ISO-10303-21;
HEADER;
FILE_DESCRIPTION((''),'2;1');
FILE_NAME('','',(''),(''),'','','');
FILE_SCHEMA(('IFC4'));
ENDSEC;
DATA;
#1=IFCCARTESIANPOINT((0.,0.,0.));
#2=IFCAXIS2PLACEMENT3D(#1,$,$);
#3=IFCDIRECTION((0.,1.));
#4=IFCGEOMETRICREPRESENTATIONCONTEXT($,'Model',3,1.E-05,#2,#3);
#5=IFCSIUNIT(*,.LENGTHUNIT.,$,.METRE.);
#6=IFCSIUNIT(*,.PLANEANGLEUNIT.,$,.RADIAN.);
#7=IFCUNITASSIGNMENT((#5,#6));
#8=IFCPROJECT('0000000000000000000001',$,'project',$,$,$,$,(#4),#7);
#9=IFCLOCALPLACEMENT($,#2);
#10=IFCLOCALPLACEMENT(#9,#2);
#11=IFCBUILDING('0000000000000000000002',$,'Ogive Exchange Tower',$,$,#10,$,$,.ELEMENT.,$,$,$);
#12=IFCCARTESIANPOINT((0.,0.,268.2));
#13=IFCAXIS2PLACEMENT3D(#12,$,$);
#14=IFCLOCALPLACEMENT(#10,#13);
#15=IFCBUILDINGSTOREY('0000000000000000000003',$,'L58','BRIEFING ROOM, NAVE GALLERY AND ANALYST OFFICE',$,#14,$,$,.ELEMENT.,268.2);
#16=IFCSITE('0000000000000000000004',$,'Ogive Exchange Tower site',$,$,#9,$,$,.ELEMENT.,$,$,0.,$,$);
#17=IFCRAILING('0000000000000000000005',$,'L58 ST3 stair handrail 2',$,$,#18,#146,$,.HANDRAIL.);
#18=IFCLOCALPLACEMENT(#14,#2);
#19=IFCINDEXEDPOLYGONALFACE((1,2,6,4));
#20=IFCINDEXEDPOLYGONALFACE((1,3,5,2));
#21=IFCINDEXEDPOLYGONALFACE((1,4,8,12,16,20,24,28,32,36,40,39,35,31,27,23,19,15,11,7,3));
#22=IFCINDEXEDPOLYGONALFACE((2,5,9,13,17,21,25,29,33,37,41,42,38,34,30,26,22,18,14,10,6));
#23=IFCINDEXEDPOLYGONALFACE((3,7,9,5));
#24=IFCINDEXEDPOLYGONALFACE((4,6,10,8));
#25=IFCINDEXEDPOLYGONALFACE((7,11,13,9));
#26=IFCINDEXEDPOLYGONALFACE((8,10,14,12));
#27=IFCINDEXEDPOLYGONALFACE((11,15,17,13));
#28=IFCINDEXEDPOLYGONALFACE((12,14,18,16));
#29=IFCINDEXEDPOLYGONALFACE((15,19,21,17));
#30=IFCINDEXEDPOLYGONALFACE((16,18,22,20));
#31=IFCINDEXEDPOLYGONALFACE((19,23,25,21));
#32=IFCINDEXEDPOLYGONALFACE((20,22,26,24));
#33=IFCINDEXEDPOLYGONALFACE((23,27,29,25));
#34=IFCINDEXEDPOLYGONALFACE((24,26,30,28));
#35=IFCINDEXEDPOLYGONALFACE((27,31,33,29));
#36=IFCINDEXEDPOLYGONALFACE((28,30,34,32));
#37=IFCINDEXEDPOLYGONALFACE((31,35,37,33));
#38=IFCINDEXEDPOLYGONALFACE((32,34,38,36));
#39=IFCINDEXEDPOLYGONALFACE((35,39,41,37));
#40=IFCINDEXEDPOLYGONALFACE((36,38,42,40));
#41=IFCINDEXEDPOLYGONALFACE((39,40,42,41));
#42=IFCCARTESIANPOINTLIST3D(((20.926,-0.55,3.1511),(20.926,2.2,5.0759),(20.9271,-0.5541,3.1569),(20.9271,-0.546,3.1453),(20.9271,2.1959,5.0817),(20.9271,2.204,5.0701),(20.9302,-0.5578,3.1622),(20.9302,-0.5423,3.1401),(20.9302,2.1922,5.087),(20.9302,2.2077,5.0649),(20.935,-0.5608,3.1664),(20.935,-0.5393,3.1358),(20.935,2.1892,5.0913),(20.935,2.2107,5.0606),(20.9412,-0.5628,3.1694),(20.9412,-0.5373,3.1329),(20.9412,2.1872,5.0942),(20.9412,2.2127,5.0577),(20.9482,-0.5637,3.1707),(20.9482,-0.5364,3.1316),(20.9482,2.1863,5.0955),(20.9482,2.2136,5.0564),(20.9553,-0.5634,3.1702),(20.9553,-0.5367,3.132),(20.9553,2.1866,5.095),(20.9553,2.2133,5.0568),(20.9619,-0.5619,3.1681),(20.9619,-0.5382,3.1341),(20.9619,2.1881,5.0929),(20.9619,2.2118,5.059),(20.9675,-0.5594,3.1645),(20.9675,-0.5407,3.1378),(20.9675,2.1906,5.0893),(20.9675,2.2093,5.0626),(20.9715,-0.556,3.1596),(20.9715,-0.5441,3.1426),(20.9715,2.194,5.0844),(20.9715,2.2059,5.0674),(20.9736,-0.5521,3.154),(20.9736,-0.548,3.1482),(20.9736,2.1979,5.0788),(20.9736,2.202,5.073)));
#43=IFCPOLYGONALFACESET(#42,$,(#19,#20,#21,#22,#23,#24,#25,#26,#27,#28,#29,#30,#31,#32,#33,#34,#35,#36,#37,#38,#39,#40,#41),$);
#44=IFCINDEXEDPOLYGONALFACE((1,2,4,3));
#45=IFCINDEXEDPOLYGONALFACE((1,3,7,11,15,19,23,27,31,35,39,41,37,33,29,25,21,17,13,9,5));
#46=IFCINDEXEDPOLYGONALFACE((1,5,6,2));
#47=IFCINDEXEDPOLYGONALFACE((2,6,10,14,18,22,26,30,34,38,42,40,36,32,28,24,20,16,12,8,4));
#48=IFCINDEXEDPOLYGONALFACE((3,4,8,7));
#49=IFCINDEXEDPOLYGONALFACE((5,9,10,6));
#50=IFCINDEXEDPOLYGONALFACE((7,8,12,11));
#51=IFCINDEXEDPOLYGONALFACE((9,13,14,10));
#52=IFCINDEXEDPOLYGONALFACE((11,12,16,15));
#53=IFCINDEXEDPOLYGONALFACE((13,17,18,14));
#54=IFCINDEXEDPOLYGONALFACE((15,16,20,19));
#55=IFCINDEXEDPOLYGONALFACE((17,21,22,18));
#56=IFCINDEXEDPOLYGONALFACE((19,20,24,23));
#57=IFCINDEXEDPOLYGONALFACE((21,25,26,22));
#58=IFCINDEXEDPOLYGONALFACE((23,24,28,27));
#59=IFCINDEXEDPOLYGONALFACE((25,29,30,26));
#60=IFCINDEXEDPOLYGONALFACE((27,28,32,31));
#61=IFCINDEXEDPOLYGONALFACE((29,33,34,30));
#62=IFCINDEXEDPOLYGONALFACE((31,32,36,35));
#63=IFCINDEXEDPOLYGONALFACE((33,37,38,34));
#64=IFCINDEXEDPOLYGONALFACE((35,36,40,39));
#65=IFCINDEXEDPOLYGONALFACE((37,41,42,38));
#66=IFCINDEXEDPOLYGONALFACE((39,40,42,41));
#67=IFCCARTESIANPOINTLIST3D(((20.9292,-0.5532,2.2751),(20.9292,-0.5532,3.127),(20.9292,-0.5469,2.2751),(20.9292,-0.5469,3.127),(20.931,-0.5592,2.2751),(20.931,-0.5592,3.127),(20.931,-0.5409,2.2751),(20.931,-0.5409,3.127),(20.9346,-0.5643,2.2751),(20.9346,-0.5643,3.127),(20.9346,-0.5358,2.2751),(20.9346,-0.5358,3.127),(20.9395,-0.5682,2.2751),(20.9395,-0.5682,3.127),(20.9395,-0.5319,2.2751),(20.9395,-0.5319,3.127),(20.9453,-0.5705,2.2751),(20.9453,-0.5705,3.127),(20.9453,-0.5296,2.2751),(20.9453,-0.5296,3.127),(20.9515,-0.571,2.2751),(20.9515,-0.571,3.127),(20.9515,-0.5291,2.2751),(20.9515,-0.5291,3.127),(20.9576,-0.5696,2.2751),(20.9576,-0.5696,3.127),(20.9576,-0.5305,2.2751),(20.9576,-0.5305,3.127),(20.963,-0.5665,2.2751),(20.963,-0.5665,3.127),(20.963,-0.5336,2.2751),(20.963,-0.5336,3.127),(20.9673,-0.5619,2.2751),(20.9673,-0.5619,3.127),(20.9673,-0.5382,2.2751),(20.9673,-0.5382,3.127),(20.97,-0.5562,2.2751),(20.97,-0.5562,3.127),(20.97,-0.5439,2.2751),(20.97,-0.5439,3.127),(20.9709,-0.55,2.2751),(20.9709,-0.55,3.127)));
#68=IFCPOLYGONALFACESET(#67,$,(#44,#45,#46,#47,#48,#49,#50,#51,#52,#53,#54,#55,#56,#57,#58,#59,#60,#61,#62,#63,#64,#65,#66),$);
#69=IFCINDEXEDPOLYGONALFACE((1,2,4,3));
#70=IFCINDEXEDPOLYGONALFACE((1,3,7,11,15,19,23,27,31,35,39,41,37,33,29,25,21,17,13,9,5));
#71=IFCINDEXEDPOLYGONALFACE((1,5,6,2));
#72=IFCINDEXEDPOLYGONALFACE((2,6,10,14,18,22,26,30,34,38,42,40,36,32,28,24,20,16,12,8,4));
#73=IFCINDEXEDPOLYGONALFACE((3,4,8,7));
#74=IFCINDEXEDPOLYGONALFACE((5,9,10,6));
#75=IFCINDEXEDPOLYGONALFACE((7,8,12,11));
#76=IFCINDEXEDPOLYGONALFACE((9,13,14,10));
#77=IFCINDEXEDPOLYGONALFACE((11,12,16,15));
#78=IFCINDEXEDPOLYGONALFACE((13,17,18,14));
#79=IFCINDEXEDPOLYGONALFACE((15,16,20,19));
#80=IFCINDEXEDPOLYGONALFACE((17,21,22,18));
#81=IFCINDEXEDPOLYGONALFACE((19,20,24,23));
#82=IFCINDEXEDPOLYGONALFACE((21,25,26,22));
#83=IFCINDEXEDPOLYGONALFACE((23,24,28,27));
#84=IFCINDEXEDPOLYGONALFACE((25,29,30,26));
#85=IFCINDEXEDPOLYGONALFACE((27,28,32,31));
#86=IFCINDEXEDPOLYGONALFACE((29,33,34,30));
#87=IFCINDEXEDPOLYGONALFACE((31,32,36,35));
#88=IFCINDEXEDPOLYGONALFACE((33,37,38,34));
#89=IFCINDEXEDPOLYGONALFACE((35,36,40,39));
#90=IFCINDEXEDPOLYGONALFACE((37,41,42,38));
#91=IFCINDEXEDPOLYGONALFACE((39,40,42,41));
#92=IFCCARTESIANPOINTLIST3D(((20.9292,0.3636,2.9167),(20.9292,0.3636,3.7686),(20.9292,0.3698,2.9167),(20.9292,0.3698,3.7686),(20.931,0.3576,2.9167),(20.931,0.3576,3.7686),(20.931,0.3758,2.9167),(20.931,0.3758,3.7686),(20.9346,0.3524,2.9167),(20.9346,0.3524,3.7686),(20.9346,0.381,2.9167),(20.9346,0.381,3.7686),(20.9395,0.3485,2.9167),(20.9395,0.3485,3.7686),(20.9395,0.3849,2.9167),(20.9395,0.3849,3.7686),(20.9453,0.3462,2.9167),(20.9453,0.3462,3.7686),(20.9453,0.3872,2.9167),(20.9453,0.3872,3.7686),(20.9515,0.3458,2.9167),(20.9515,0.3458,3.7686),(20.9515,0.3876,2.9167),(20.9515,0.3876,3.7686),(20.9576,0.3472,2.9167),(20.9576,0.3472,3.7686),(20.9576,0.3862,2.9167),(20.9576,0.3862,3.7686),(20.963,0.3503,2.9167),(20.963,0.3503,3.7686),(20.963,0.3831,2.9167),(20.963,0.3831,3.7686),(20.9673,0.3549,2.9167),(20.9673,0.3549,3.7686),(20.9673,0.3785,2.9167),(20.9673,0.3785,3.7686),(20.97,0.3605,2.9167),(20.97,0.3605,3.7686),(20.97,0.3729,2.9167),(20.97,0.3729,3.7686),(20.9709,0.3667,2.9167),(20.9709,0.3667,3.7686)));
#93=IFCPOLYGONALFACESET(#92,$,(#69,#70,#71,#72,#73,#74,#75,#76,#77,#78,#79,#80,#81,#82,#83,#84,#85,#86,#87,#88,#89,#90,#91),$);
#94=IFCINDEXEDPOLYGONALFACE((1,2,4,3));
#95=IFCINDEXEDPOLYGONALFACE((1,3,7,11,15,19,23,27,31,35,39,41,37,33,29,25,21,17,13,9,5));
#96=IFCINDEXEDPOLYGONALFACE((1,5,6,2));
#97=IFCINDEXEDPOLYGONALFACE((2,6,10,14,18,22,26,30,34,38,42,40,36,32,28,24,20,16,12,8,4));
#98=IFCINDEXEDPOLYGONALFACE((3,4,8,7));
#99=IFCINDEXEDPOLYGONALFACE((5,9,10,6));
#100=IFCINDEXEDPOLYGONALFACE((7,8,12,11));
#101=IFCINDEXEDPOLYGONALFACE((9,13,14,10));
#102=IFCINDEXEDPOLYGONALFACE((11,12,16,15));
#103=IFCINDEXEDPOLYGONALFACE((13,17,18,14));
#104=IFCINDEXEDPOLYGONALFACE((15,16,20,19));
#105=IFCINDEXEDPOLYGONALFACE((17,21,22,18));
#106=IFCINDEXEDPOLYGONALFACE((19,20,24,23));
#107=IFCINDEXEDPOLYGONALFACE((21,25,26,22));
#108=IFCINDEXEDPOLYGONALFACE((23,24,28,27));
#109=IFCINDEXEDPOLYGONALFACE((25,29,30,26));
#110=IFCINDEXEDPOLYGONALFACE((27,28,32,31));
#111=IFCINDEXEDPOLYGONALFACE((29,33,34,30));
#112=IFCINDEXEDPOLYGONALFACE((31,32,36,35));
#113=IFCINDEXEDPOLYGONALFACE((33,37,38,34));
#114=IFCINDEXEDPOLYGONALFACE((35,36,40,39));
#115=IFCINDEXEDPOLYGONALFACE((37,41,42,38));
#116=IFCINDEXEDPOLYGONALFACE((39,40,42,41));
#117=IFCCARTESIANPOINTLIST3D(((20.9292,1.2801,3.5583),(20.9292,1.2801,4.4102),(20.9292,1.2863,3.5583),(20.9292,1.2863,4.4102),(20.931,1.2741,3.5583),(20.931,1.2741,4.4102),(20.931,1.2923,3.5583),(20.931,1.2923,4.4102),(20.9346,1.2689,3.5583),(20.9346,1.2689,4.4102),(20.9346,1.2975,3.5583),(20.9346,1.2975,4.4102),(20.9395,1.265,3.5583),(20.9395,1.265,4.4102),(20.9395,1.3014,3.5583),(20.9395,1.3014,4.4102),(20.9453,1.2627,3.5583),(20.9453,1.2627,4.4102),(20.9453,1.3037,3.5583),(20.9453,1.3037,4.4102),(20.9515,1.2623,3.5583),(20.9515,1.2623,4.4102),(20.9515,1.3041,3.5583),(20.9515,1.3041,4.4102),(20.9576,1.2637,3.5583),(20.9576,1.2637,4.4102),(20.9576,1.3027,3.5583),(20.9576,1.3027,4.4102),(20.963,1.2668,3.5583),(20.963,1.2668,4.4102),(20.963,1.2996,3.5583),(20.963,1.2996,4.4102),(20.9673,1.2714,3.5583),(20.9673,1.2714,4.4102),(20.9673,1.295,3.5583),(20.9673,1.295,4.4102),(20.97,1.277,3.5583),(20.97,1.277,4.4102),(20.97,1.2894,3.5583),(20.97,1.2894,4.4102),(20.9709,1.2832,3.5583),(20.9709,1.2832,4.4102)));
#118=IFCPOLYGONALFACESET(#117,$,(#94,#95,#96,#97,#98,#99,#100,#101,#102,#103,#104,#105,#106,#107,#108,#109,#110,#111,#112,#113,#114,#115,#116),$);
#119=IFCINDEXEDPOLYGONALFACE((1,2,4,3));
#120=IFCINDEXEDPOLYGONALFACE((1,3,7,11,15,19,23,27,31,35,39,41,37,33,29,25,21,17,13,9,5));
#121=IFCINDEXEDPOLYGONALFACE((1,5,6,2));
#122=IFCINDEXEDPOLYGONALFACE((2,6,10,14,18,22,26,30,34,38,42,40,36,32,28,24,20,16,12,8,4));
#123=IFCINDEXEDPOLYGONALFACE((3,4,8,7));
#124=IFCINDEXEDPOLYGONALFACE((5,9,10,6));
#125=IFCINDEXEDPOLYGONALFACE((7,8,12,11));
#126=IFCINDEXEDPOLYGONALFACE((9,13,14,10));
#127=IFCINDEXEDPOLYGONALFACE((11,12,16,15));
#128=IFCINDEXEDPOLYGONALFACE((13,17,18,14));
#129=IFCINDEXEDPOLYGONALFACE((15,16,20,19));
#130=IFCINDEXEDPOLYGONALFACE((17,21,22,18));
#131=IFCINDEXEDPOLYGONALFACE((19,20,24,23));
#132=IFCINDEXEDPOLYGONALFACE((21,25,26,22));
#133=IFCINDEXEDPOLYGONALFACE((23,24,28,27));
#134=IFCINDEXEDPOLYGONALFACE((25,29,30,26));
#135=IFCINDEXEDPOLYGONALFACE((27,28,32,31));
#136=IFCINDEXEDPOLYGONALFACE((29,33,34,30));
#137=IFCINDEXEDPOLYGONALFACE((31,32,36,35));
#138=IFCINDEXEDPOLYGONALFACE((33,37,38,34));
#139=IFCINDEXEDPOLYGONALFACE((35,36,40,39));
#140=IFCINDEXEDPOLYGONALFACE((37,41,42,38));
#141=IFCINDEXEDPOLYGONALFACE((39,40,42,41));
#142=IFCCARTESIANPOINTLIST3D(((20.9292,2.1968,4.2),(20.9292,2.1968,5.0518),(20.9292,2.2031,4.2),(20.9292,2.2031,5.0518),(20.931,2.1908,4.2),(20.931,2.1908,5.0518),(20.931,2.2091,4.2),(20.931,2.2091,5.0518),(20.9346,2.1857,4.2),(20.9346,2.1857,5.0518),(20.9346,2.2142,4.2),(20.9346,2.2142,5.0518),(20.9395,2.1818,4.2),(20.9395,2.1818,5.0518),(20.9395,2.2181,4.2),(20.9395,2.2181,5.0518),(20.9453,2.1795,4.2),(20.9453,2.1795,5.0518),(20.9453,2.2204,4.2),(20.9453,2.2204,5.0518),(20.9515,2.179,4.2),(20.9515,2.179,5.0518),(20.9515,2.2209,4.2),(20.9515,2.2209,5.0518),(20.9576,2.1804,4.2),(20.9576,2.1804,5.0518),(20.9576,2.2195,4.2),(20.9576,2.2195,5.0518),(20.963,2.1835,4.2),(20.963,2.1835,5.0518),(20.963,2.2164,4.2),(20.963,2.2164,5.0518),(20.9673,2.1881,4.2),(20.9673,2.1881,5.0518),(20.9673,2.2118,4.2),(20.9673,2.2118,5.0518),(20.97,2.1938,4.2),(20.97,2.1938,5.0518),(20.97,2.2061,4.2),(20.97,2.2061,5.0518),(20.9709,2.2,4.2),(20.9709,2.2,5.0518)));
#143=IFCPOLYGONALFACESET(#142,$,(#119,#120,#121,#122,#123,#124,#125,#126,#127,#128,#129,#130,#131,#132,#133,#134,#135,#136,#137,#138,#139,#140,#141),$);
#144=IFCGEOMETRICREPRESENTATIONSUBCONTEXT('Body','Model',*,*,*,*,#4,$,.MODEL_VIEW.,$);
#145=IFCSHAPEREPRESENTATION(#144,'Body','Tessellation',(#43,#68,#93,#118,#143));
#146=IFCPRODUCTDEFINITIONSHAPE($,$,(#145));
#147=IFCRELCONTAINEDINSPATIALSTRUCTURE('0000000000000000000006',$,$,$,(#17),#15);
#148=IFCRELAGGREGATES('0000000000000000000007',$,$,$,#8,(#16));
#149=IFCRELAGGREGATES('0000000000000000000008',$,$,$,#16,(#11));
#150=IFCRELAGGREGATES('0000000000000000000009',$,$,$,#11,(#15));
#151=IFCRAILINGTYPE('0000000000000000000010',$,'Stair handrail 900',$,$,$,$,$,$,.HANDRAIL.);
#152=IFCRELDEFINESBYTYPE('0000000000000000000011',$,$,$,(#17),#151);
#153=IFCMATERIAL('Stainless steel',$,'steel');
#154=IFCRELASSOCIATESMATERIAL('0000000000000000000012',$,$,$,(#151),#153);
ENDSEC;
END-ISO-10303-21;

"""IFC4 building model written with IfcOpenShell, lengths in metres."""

from ifc_helpers import new_model, si_unit, direction, frame, origin, origin_2d, place, context, subcontext, project, spatial, circle, extrude, material, type_object, element, save


model = new_model("IFC4")

# Units and contexts
model_context = context("Model", 3, precision=1e-05, world=origin(), true_north=direction((0.0, 1.0)))
body_context = subcontext(model_context, "Body", "Model", "MODEL_VIEW")
ifc_project = project(units=[si_unit("LENGTHUNIT", "METRE"), si_unit("PLANEANGLEUNIT", "RADIAN")], contexts=[model_context])

# Site, building, storey
site_placement = place(None, origin())
site = spatial("IfcSite", under=ifc_project, at=site_placement, Name="Ogive Exchange Tower site", CompositionType="ELEMENT", RefElevation=0.0)
building_placement = place(site_placement, origin())
building = spatial("IfcBuilding", under=site, at=building_placement, Name="Ogive Exchange Tower", CompositionType="ELEMENT")
storey_placement = place(building_placement, frame((0.0, 0.0, 268.2)))
storey = spatial("IfcBuildingStorey", under=building, at=storey_placement, Name="L58", Description="BRIEFING ROOM, NAVE GALLERY AND ANALYST OFFICE", CompositionType="ELEMENT", Elevation=268.2)

# Shared definitions
ifc_material_1 = material(Name="Stainless steel", Category="steel")

# Railing
railing_type = type_object("IfcRailingType", Name="Stair handrail 900", PredefinedType="HANDRAIL", material=ifc_material_1)
railing_1_placement = place(storey_placement, frame((20.95, -0.55, 2.2751)))
element("IfcRailing", 1, at=railing_1_placement, inside=storey, type_object=railing_type, Name="L58 ST3 stair handrail 2", PredefinedType="HANDRAIL", context=body_context, shape_type="SweptSolid", body=[
    extrude(circle(Radius=0.0239, at=origin_2d()), frame((0.0, 0.0, 0.876), z_axis=(0.0, 0.819259, 0.573423), x_axis=(-1.0, 0.0, 0.0)), (0.0, 0.0, 1.0), 3.3567),
    extrude(circle(Radius=0.021, at=origin_2d()), origin(), (0.0, 0.0, 1.0), 0.8518),
    extrude(circle(Radius=0.021, at=origin_2d()), frame((0.0, 0.9167, 0.6416)), (0.0, 0.0, 1.0), 0.8518),
    extrude(circle(Radius=0.021, at=origin_2d()), frame((0.0, 1.8333, 1.2832)), (0.0, 0.0, 1.0), 0.8518),
    extrude(circle(Radius=0.021, at=origin_2d()), frame((0.0, 2.75, 1.9248)), (0.0, 0.0, 1.0), 0.8518),
])

save(model, "model.ifc")
